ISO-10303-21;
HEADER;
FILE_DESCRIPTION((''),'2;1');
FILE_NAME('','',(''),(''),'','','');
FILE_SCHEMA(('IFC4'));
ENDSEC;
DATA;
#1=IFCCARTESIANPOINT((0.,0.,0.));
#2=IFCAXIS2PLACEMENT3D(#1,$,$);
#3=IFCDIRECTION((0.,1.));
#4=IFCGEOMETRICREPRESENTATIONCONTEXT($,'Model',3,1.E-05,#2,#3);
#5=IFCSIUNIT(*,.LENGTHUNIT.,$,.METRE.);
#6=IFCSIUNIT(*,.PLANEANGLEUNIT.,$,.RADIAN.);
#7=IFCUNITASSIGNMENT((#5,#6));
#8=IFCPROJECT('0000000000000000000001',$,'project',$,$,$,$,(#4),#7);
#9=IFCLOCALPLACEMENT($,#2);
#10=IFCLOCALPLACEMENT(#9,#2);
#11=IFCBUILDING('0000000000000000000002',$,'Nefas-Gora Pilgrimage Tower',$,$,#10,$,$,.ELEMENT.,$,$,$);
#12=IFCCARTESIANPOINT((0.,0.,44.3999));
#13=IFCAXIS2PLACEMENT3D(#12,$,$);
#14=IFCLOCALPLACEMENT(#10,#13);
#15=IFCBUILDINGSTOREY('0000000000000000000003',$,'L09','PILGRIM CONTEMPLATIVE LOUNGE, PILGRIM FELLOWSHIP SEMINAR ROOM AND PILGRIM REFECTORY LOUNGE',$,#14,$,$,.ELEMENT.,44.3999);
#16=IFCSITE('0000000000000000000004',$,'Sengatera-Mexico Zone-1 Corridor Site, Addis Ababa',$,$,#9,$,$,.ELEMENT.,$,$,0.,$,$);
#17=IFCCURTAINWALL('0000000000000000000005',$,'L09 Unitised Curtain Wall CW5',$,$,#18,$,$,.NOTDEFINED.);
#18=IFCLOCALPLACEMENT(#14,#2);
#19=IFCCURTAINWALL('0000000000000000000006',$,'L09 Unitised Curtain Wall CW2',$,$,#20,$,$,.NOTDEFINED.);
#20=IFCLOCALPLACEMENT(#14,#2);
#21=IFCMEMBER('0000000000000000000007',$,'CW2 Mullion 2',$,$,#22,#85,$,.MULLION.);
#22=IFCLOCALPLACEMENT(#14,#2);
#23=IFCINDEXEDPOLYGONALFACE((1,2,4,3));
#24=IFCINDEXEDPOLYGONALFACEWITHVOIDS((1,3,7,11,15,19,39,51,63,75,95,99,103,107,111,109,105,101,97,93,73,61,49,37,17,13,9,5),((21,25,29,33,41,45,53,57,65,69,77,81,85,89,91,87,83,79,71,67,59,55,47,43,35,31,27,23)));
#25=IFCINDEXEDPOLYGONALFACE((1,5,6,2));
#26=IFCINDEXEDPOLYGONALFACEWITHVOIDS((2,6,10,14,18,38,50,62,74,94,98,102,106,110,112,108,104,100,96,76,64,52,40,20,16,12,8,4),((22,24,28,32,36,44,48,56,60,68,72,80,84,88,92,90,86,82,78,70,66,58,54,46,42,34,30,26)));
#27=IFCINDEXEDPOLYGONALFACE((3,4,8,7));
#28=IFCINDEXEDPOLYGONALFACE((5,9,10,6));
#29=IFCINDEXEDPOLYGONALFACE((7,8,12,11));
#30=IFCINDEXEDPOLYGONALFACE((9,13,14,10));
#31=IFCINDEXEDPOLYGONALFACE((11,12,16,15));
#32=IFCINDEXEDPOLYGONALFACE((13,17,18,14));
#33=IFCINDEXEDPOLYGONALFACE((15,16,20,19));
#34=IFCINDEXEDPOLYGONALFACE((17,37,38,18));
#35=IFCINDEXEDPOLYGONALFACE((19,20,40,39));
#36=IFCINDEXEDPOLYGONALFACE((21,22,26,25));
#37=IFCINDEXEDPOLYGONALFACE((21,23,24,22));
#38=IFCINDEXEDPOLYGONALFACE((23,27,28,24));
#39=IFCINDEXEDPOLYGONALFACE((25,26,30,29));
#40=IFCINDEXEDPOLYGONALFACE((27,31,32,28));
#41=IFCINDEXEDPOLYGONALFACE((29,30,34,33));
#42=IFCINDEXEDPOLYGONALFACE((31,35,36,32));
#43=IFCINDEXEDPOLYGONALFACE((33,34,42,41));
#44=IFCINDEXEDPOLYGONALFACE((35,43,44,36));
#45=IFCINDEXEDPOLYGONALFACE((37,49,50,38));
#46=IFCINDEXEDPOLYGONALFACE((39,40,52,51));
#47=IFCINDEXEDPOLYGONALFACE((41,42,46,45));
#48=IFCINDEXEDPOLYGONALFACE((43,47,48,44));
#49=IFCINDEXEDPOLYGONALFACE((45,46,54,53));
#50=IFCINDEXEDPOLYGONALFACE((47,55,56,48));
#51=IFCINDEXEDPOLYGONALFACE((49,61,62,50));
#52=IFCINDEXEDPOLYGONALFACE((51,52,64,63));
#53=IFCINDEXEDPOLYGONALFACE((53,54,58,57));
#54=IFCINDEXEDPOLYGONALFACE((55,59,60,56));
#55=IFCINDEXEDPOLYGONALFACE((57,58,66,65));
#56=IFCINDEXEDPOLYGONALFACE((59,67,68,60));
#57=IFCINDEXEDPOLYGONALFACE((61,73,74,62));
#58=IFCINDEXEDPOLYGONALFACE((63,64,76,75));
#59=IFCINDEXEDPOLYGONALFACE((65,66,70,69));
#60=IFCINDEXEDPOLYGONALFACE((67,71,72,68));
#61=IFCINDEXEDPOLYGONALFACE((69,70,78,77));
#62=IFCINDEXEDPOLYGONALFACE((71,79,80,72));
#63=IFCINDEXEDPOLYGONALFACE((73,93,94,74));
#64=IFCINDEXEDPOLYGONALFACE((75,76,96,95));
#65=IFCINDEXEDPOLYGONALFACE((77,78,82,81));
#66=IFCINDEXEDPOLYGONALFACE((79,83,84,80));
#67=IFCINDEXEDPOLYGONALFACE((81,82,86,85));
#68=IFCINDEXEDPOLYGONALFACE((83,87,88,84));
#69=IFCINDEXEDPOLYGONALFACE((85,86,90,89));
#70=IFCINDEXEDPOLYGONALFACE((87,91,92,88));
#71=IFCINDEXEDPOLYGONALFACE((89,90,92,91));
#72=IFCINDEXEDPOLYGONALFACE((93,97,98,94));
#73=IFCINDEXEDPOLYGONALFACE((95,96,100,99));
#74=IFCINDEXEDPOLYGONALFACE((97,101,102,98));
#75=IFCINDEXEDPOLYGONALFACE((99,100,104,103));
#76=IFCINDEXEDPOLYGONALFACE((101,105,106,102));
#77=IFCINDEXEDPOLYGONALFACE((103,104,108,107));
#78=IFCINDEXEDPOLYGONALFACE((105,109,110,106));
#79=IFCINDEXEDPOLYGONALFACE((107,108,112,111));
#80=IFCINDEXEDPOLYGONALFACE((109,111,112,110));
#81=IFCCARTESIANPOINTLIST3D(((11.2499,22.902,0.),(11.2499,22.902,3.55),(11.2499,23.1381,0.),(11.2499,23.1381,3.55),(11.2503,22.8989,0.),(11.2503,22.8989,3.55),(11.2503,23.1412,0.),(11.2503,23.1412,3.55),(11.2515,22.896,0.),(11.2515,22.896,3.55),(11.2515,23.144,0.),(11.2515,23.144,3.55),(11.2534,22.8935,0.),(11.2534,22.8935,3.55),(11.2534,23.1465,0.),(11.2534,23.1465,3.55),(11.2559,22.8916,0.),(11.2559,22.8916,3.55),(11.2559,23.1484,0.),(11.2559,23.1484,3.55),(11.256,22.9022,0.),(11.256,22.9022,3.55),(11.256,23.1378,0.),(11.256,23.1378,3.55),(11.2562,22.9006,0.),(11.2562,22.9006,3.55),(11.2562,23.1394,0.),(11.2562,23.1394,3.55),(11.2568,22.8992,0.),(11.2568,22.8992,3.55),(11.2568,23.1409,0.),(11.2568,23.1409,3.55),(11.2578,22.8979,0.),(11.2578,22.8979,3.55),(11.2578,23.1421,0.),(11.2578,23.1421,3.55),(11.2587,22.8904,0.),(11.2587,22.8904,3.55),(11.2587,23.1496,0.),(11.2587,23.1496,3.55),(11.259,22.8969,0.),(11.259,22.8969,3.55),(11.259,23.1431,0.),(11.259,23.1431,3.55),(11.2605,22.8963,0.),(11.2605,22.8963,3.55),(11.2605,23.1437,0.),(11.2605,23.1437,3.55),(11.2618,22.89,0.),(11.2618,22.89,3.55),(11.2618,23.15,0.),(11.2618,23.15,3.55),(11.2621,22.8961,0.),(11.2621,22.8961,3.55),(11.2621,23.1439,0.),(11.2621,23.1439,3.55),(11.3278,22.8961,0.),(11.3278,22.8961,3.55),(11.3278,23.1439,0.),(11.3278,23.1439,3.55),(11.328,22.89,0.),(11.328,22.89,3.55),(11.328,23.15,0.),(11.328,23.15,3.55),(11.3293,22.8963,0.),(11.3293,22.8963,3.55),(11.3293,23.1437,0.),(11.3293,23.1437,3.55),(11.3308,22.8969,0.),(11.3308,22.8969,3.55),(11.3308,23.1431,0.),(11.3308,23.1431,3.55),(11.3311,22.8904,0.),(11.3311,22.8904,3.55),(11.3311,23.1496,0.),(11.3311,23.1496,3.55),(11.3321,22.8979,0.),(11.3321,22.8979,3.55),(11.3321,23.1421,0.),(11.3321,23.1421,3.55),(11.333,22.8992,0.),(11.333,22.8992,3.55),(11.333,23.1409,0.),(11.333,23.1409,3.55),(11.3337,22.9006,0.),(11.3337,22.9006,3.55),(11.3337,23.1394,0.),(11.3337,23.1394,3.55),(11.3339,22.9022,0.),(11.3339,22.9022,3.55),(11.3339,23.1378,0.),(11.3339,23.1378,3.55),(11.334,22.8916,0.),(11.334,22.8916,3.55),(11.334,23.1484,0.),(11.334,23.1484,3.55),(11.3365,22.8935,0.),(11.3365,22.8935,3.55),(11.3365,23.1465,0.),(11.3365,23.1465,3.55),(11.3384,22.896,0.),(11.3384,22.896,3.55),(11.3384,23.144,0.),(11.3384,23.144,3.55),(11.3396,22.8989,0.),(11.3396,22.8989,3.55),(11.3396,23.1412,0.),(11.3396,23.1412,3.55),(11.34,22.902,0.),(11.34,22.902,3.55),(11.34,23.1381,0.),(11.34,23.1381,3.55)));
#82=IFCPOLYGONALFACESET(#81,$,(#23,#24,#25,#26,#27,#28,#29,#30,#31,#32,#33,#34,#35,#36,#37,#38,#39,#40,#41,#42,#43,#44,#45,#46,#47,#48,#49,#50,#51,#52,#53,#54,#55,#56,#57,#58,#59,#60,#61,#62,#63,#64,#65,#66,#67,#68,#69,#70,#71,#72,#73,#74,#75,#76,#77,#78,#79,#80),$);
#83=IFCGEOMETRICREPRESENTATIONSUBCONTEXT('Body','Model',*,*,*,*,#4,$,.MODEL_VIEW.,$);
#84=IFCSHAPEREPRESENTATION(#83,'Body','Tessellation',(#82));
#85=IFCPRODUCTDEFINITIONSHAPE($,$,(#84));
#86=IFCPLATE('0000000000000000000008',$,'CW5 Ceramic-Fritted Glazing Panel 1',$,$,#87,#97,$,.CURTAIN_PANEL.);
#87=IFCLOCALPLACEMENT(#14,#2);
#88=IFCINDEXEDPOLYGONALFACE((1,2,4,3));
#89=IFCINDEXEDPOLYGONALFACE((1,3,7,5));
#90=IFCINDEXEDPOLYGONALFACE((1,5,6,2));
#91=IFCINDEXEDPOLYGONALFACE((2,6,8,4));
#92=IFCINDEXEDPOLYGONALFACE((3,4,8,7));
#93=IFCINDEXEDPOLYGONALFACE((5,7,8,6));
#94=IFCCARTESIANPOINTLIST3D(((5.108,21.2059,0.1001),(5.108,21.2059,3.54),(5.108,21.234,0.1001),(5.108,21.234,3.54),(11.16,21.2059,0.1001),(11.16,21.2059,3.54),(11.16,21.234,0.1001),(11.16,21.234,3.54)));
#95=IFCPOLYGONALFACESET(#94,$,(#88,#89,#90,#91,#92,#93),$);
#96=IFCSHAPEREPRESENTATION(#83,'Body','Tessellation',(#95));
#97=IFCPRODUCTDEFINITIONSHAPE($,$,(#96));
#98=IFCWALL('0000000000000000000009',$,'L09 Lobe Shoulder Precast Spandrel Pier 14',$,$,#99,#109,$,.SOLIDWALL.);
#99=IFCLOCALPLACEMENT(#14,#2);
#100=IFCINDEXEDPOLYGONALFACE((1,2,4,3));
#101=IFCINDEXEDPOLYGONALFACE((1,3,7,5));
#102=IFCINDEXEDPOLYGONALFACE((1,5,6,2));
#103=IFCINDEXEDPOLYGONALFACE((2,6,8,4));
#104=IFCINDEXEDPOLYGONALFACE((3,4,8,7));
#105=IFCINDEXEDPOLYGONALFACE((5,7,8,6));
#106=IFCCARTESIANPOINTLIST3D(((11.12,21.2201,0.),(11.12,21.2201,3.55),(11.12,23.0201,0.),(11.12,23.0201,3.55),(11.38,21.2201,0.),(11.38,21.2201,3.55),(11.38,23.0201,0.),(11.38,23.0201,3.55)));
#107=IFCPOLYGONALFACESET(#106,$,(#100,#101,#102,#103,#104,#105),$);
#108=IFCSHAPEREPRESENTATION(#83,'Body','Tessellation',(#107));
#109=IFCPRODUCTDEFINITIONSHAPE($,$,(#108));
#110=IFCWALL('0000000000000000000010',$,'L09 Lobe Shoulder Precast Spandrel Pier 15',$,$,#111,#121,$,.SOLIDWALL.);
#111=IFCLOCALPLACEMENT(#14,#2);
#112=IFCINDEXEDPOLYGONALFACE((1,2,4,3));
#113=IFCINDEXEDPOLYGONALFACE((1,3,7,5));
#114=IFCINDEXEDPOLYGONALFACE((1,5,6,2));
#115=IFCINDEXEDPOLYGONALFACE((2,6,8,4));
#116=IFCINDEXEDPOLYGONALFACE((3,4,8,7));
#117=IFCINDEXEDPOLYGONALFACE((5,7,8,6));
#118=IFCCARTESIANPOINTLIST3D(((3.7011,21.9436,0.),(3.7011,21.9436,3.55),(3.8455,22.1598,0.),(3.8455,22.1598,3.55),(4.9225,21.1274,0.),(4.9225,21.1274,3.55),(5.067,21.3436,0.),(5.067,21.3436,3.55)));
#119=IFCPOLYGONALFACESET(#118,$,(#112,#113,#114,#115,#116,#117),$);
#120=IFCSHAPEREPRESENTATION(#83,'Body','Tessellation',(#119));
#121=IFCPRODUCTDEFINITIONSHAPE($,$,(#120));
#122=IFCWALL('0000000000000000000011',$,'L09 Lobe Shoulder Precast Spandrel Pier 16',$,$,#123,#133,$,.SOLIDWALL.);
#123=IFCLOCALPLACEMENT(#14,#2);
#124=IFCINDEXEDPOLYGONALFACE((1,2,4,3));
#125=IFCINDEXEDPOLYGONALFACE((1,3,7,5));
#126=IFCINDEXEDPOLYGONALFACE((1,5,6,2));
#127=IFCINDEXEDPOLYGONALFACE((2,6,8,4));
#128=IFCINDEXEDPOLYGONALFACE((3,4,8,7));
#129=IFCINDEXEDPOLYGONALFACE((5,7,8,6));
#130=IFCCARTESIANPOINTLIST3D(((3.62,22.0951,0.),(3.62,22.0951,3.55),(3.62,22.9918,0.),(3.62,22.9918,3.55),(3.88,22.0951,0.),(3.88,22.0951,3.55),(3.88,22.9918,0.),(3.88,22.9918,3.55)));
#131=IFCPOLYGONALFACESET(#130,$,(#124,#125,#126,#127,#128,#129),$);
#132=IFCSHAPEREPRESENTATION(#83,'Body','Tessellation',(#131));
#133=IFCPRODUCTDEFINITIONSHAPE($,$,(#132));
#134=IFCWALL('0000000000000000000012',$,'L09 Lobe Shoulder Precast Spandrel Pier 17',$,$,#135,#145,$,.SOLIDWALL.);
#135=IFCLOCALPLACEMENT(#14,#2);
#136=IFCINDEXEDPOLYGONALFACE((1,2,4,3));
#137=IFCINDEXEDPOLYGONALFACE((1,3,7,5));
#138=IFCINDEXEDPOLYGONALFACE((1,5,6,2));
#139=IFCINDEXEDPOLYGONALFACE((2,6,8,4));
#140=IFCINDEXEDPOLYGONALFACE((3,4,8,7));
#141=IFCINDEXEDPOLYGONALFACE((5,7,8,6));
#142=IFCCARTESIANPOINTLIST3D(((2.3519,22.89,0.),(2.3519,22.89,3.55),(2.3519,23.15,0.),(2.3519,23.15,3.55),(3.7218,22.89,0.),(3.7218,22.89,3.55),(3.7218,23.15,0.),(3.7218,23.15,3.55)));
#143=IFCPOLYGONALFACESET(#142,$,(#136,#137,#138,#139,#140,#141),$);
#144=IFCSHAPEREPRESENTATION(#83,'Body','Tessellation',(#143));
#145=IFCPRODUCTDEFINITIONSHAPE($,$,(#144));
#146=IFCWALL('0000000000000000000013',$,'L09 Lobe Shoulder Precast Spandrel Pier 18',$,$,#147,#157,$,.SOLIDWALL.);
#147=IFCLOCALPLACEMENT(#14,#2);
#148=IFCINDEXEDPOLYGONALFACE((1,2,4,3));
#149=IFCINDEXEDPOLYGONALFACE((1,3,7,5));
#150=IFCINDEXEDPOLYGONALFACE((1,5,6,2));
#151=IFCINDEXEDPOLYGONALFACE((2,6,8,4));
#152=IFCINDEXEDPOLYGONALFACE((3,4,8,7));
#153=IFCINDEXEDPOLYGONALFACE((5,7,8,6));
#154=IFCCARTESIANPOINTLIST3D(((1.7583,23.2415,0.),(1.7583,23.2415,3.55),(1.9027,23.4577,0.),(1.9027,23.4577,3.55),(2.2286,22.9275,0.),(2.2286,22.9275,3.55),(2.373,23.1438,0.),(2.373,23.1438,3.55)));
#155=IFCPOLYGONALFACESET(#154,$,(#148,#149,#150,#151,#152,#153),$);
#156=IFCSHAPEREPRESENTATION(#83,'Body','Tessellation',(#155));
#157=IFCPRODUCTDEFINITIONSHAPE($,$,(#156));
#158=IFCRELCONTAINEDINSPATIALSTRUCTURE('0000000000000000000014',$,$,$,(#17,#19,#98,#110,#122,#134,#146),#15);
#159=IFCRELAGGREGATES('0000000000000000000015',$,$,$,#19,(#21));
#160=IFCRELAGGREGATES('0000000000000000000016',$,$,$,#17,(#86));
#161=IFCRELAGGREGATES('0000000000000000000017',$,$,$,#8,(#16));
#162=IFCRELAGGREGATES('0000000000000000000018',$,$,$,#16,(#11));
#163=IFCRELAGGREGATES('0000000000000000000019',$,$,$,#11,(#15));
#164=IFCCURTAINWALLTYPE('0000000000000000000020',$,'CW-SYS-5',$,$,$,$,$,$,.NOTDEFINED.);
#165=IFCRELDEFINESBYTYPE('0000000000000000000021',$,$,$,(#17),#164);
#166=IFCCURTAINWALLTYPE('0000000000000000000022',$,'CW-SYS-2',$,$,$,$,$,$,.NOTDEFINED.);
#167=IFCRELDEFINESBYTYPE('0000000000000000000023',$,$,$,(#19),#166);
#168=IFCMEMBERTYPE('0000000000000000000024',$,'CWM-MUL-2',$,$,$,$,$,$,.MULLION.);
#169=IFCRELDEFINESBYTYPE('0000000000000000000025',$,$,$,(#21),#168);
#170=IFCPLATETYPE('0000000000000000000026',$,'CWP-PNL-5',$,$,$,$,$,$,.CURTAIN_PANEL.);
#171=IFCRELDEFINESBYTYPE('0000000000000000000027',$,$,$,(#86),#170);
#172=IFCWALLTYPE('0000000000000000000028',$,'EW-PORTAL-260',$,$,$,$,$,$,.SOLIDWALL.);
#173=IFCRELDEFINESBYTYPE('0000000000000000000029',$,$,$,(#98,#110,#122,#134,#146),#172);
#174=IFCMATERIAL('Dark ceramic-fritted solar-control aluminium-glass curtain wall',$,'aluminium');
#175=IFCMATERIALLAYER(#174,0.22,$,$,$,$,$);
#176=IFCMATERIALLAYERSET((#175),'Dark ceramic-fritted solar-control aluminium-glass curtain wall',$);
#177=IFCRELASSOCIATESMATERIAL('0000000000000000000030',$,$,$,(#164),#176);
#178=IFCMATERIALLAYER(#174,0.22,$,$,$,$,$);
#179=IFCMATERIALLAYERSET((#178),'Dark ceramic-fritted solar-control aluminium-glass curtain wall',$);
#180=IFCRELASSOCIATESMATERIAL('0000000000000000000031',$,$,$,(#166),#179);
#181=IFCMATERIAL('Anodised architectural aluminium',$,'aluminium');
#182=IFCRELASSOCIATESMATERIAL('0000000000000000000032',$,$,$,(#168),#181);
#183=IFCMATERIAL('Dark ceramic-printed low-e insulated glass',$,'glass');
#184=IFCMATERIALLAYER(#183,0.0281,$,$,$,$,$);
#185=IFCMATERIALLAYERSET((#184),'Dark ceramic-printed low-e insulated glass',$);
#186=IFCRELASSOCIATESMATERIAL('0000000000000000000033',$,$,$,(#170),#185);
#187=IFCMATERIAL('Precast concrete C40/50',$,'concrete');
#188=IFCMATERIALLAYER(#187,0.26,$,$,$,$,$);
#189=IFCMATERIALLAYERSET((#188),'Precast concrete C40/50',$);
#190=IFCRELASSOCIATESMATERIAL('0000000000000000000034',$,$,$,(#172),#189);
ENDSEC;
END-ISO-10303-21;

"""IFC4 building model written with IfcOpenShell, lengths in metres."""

from ifc_helpers import new_model, si_unit, direction, frame, frame_2d, origin, origin_2d, place, context, subcontext, project, spatial, rectangle, hollow_rectangle, extrude, source, transform, mapped, material, layer, layer_set, material_profile, profile_set, type_object, element, aggregate, save


model = new_model("IFC4")

# Units and contexts
model_context = context("Model", 3, precision=1e-05, world=origin(), true_north=direction((0.0, 1.0)))
body_context = subcontext(model_context, "Body", "Model", "MODEL_VIEW")
ifc_project = project(units=[si_unit("LENGTHUNIT", "METRE"), si_unit("PLANEANGLEUNIT", "RADIAN")], contexts=[model_context])

# Site, building, storey
site_placement = place(None, origin())
site = spatial("IfcSite", under=ifc_project, at=site_placement, Name="Sengatera-Mexico Zone-1 Corridor Site, Addis Ababa", CompositionType="ELEMENT", RefElevation=0.0)
building_placement = place(site_placement, origin())
building = spatial("IfcBuilding", under=site, at=building_placement, Name="Nefas-Gora Pilgrimage Tower", CompositionType="ELEMENT")
storey_placement = place(building_placement, frame((0.0, 0.0, 44.3999)))
storey = spatial("IfcBuildingStorey", under=building, at=storey_placement, Name="L09", Description="PILGRIM CONTEMPLATIVE LOUNGE, PILGRIM FELLOWSHIP SEMINAR ROOM AND PILGRIM REFECTORY LOUNGE", CompositionType="ELEMENT", Elevation=44.3999)

# Curtain wall
ifc_material_1 = material(Name="Dark ceramic-fritted solar-control aluminium-glass curtain wall", Category="aluminium")
ifc_layer_1 = layer(ifc_material_1, 0.22)
ifc_layer_set_1 = layer_set([ifc_layer_1], Name="Dark ceramic-fritted solar-control aluminium-glass curtain wall")
curtain_wall_type_1 = type_object("IfcCurtainWallType", Name="CW-SYS-5", PredefinedType="NOTDEFINED", material=ifc_layer_set_1)
curtain_wall_1_placement = place(storey_placement, origin())
curtain_wall_1 = element("IfcCurtainWall", 1, at=curtain_wall_1_placement, inside=storey, type_object=curtain_wall_type_1, Name="L09 Unitised Curtain Wall CW5", PredefinedType="NOTDEFINED")
ifc_material_2 = material(Name="Anodised architectural aluminium", Category="aluminium")

# Curtain wall, member
ifc_layer_2 = layer(ifc_material_1, 0.22)
ifc_layer_set_2 = layer_set([ifc_layer_2], Name="Dark ceramic-fritted solar-control aluminium-glass curtain wall")
curtain_wall_type_2 = type_object("IfcCurtainWallType", Name="CW-SYS-2", PredefinedType="NOTDEFINED", material=ifc_layer_set_2)
curtain_wall_2_placement = place(storey_placement, origin())
curtain_wall_2 = element("IfcCurtainWall", 2, at=curtain_wall_2_placement, inside=storey, type_object=curtain_wall_type_2, Name="L09 Unitised Curtain Wall CW2", PredefinedType="NOTDEFINED")
ifc_material_profile_1 = material_profile(ifc_material_2, hollow_rectangle(XDim=0.0901, YDim=0.26, WallThickness=0.0061, InnerFilletRadius=0.0061, OuterFilletRadius=0.012, at=origin_2d()), Name="ALU MULLION 90x260")
ifc_profile_set_1 = profile_set([ifc_material_profile_1], Name="Anodised architectural aluminium")
member_type_1 = type_object("IfcMemberType", Name="CWM-MUL-2", PredefinedType="MULLION", material=ifc_profile_set_1)
shared_shape_1 = source(origin(), body_context, "Body", "SweptSolid", [
    extrude(hollow_rectangle(XDim=0.0901, YDim=0.26, WallThickness=0.0061, InnerFilletRadius=0.0061, OuterFilletRadius=0.012, at=origin_2d()), origin(), (0.0, 0.0, 1.0), 3.55),
])
member_1_placement = place(storey_placement, frame((11.2949, 23.02, 0.0), z_axis=(0.0, 0.0, 1.0), x_axis=(-1.0, 0.0, 0.0)))
member_1 = element("IfcMember", 3, at=member_1_placement, type_object=member_type_1, Name="CW2 Mullion 2", PredefinedType="MULLION", context=body_context, shape_type="MappedRepresentation", body=[
    mapped(shared_shape_1, transform((0.0, 0.0, 0.0), x_axis=(1.0, 0.0, 0.0), y_axis=(0.0, 1.0, 0.0), z_axis=(0.0, 0.0, 1.0), scale=1.0)),
])
aggregate(curtain_wall_2, [member_1])

# Plate
ifc_material_3 = material(Name="Dark ceramic-printed low-e insulated glass", Category="glass")
ifc_layer_3 = layer(ifc_material_3, 0.0281)
ifc_layer_set_3 = layer_set([ifc_layer_3], Name="Dark ceramic-printed low-e insulated glass")
plate_type = type_object("IfcPlateType", Name="CWP-PNL-5", PredefinedType="CURTAIN_PANEL", material=ifc_layer_set_3)
shared_shape_2 = source(origin(), body_context, "Body", "SweptSolid", [
    extrude(rectangle(XDim=6.052, YDim=0.0281, at=origin_2d()), origin(), (0.0, 0.0, 1.0), 3.4399),
])
plate_placement = place(storey_placement, frame((8.134, 21.22, 0.1001), z_axis=(0.0, 0.0, 1.0), x_axis=(-1.0, 0.0, 0.0)))
plate = element("IfcPlate", 4, at=plate_placement, type_object=plate_type, Name="CW5 Ceramic-Fritted Glazing Panel 1", PredefinedType="CURTAIN_PANEL", context=body_context, shape_type="MappedRepresentation", body=[
    mapped(shared_shape_2, transform((0.0, 0.0, 0.0), x_axis=(1.0, 0.0, 0.0), y_axis=(0.0, 1.0, 0.0), z_axis=(0.0, 0.0, 1.0), scale=1.0)),
])
aggregate(curtain_wall_1, [plate])

# Walls
ifc_material_4 = material(Name="Precast concrete C40/50", Category="concrete")
ifc_layer_4 = layer(ifc_material_4, 0.26)
ifc_layer_set_4 = layer_set([ifc_layer_4], Name="Precast concrete C40/50")
wall_type_1 = type_object("IfcWallType", Name="EW-PORTAL-260", PredefinedType="SOLIDWALL", material=ifc_layer_set_4)
shared_shape_3 = source(origin(), body_context, "Body", "SweptSolid", [
    extrude(rectangle(XDim=1.8, YDim=0.26, at=frame_2d((0.8999, 0.0))), origin(), (0.0, 0.0, 1.0), 3.55),
])
wall_1_placement = place(storey_placement, frame((11.25, 23.02, 0.0), z_axis=(0.0, 0.0, 1.0), x_axis=(0.0, -1.0, 0.0)))
element("IfcWall", 5, at=wall_1_placement, inside=storey, type_object=wall_type_1, Name="L09 Lobe Shoulder Precast Spandrel Pier 14", PredefinedType="SOLIDWALL", context=body_context, shape_type="MappedRepresentation", body=[
    mapped(shared_shape_3, transform((0.0, 0.0, 0.0), x_axis=(1.0, 0.0, 0.0), y_axis=(0.0, 1.0, 0.0), z_axis=(0.0, 0.0, 1.0), scale=1.0)),
])
shared_shape_4 = source(origin(), body_context, "Body", "SweptSolid", [
    extrude(rectangle(XDim=1.469, YDim=0.26, at=frame_2d((0.7344, 0.0))), origin(), (0.0, 0.0, 1.0), 3.55),
])
wall_2_placement = place(storey_placement, frame((4.9946, 21.2356, 0.0), z_axis=(0.0, 0.0, 1.0), x_axis=(-0.831462, 0.555582, 0.0)))
element("IfcWall", 6, at=wall_2_placement, inside=storey, type_object=wall_type_1, Name="L09 Lobe Shoulder Precast Spandrel Pier 15", PredefinedType="SOLIDWALL", context=body_context, shape_type="MappedRepresentation", body=[
    mapped(shared_shape_4, transform((0.0, 0.0, 0.0), x_axis=(1.0, 0.0, 0.0), y_axis=(0.0, 1.0, 0.0), z_axis=(0.0, 0.0, 1.0), scale=1.0)),
])
shared_shape_5 = source(origin(), body_context, "Body", "SweptSolid", [
    extrude(rectangle(XDim=0.8967, YDim=0.26, at=frame_2d((0.4482, 0.0))), origin(), (0.0, 0.0, 1.0), 3.55),
])
wall_3_placement = place(storey_placement, frame((3.75, 22.0952, 0.0), z_axis=(0.0, 0.0, 1.0), x_axis=(0.0, 1.0, 0.0)))
element("IfcWall", 7, at=wall_3_placement, inside=storey, type_object=wall_type_1, Name="L09 Lobe Shoulder Precast Spandrel Pier 16", PredefinedType="SOLIDWALL", context=body_context, shape_type="MappedRepresentation", body=[
    mapped(shared_shape_5, transform((0.0, 0.0, 0.0), x_axis=(1.0, 0.0, 0.0), y_axis=(0.0, 1.0, 0.0), z_axis=(0.0, 0.0, 1.0), scale=1.0)),
])
shared_shape_6 = source(origin(), body_context, "Body", "SweptSolid", [
    extrude(rectangle(XDim=1.3699, YDim=0.26, at=frame_2d((0.6851, 0.0))), origin(), (0.0, 0.0, 1.0), 3.55),
])
wall_4_placement = place(storey_placement, frame((3.7219, 23.02, 0.0), z_axis=(0.0, 0.0, 1.0), x_axis=(-1.0, 0.0, 0.0)))
element("IfcWall", 8, at=wall_4_placement, inside=storey, type_object=wall_type_1, Name="L09 Lobe Shoulder Precast Spandrel Pier 17", PredefinedType="SOLIDWALL", context=body_context, shape_type="MappedRepresentation", body=[
    mapped(shared_shape_6, transform((0.0, 0.0, 0.0), x_axis=(1.0, 0.0, 0.0), y_axis=(0.0, 1.0, 0.0), z_axis=(0.0, 0.0, 1.0), scale=1.0)),
])
shared_shape_7 = source(origin(), body_context, "Body", "SweptSolid", [
    extrude(rectangle(XDim=0.5654, YDim=0.26, at=frame_2d((0.2827, 0.0))), origin(), (0.0, 0.0, 1.0), 3.55),
])
wall_5_placement = place(storey_placement, frame((2.3008, 23.0356, 0.0), z_axis=(0.0, 0.0, 1.0), x_axis=(-0.831651, 0.555298, 0.0)))
element("IfcWall", 9, at=wall_5_placement, inside=storey, type_object=wall_type_1, Name="L09 Lobe Shoulder Precast Spandrel Pier 18", PredefinedType="SOLIDWALL", context=body_context, shape_type="MappedRepresentation", body=[
    mapped(shared_shape_7, transform((0.0, 0.0, 0.0), x_axis=(1.0, 0.0, 0.0), y_axis=(0.0, 1.0, 0.0), z_axis=(0.0, 0.0, 1.0), scale=1.0)),
])

save(model, "model.ifc")
